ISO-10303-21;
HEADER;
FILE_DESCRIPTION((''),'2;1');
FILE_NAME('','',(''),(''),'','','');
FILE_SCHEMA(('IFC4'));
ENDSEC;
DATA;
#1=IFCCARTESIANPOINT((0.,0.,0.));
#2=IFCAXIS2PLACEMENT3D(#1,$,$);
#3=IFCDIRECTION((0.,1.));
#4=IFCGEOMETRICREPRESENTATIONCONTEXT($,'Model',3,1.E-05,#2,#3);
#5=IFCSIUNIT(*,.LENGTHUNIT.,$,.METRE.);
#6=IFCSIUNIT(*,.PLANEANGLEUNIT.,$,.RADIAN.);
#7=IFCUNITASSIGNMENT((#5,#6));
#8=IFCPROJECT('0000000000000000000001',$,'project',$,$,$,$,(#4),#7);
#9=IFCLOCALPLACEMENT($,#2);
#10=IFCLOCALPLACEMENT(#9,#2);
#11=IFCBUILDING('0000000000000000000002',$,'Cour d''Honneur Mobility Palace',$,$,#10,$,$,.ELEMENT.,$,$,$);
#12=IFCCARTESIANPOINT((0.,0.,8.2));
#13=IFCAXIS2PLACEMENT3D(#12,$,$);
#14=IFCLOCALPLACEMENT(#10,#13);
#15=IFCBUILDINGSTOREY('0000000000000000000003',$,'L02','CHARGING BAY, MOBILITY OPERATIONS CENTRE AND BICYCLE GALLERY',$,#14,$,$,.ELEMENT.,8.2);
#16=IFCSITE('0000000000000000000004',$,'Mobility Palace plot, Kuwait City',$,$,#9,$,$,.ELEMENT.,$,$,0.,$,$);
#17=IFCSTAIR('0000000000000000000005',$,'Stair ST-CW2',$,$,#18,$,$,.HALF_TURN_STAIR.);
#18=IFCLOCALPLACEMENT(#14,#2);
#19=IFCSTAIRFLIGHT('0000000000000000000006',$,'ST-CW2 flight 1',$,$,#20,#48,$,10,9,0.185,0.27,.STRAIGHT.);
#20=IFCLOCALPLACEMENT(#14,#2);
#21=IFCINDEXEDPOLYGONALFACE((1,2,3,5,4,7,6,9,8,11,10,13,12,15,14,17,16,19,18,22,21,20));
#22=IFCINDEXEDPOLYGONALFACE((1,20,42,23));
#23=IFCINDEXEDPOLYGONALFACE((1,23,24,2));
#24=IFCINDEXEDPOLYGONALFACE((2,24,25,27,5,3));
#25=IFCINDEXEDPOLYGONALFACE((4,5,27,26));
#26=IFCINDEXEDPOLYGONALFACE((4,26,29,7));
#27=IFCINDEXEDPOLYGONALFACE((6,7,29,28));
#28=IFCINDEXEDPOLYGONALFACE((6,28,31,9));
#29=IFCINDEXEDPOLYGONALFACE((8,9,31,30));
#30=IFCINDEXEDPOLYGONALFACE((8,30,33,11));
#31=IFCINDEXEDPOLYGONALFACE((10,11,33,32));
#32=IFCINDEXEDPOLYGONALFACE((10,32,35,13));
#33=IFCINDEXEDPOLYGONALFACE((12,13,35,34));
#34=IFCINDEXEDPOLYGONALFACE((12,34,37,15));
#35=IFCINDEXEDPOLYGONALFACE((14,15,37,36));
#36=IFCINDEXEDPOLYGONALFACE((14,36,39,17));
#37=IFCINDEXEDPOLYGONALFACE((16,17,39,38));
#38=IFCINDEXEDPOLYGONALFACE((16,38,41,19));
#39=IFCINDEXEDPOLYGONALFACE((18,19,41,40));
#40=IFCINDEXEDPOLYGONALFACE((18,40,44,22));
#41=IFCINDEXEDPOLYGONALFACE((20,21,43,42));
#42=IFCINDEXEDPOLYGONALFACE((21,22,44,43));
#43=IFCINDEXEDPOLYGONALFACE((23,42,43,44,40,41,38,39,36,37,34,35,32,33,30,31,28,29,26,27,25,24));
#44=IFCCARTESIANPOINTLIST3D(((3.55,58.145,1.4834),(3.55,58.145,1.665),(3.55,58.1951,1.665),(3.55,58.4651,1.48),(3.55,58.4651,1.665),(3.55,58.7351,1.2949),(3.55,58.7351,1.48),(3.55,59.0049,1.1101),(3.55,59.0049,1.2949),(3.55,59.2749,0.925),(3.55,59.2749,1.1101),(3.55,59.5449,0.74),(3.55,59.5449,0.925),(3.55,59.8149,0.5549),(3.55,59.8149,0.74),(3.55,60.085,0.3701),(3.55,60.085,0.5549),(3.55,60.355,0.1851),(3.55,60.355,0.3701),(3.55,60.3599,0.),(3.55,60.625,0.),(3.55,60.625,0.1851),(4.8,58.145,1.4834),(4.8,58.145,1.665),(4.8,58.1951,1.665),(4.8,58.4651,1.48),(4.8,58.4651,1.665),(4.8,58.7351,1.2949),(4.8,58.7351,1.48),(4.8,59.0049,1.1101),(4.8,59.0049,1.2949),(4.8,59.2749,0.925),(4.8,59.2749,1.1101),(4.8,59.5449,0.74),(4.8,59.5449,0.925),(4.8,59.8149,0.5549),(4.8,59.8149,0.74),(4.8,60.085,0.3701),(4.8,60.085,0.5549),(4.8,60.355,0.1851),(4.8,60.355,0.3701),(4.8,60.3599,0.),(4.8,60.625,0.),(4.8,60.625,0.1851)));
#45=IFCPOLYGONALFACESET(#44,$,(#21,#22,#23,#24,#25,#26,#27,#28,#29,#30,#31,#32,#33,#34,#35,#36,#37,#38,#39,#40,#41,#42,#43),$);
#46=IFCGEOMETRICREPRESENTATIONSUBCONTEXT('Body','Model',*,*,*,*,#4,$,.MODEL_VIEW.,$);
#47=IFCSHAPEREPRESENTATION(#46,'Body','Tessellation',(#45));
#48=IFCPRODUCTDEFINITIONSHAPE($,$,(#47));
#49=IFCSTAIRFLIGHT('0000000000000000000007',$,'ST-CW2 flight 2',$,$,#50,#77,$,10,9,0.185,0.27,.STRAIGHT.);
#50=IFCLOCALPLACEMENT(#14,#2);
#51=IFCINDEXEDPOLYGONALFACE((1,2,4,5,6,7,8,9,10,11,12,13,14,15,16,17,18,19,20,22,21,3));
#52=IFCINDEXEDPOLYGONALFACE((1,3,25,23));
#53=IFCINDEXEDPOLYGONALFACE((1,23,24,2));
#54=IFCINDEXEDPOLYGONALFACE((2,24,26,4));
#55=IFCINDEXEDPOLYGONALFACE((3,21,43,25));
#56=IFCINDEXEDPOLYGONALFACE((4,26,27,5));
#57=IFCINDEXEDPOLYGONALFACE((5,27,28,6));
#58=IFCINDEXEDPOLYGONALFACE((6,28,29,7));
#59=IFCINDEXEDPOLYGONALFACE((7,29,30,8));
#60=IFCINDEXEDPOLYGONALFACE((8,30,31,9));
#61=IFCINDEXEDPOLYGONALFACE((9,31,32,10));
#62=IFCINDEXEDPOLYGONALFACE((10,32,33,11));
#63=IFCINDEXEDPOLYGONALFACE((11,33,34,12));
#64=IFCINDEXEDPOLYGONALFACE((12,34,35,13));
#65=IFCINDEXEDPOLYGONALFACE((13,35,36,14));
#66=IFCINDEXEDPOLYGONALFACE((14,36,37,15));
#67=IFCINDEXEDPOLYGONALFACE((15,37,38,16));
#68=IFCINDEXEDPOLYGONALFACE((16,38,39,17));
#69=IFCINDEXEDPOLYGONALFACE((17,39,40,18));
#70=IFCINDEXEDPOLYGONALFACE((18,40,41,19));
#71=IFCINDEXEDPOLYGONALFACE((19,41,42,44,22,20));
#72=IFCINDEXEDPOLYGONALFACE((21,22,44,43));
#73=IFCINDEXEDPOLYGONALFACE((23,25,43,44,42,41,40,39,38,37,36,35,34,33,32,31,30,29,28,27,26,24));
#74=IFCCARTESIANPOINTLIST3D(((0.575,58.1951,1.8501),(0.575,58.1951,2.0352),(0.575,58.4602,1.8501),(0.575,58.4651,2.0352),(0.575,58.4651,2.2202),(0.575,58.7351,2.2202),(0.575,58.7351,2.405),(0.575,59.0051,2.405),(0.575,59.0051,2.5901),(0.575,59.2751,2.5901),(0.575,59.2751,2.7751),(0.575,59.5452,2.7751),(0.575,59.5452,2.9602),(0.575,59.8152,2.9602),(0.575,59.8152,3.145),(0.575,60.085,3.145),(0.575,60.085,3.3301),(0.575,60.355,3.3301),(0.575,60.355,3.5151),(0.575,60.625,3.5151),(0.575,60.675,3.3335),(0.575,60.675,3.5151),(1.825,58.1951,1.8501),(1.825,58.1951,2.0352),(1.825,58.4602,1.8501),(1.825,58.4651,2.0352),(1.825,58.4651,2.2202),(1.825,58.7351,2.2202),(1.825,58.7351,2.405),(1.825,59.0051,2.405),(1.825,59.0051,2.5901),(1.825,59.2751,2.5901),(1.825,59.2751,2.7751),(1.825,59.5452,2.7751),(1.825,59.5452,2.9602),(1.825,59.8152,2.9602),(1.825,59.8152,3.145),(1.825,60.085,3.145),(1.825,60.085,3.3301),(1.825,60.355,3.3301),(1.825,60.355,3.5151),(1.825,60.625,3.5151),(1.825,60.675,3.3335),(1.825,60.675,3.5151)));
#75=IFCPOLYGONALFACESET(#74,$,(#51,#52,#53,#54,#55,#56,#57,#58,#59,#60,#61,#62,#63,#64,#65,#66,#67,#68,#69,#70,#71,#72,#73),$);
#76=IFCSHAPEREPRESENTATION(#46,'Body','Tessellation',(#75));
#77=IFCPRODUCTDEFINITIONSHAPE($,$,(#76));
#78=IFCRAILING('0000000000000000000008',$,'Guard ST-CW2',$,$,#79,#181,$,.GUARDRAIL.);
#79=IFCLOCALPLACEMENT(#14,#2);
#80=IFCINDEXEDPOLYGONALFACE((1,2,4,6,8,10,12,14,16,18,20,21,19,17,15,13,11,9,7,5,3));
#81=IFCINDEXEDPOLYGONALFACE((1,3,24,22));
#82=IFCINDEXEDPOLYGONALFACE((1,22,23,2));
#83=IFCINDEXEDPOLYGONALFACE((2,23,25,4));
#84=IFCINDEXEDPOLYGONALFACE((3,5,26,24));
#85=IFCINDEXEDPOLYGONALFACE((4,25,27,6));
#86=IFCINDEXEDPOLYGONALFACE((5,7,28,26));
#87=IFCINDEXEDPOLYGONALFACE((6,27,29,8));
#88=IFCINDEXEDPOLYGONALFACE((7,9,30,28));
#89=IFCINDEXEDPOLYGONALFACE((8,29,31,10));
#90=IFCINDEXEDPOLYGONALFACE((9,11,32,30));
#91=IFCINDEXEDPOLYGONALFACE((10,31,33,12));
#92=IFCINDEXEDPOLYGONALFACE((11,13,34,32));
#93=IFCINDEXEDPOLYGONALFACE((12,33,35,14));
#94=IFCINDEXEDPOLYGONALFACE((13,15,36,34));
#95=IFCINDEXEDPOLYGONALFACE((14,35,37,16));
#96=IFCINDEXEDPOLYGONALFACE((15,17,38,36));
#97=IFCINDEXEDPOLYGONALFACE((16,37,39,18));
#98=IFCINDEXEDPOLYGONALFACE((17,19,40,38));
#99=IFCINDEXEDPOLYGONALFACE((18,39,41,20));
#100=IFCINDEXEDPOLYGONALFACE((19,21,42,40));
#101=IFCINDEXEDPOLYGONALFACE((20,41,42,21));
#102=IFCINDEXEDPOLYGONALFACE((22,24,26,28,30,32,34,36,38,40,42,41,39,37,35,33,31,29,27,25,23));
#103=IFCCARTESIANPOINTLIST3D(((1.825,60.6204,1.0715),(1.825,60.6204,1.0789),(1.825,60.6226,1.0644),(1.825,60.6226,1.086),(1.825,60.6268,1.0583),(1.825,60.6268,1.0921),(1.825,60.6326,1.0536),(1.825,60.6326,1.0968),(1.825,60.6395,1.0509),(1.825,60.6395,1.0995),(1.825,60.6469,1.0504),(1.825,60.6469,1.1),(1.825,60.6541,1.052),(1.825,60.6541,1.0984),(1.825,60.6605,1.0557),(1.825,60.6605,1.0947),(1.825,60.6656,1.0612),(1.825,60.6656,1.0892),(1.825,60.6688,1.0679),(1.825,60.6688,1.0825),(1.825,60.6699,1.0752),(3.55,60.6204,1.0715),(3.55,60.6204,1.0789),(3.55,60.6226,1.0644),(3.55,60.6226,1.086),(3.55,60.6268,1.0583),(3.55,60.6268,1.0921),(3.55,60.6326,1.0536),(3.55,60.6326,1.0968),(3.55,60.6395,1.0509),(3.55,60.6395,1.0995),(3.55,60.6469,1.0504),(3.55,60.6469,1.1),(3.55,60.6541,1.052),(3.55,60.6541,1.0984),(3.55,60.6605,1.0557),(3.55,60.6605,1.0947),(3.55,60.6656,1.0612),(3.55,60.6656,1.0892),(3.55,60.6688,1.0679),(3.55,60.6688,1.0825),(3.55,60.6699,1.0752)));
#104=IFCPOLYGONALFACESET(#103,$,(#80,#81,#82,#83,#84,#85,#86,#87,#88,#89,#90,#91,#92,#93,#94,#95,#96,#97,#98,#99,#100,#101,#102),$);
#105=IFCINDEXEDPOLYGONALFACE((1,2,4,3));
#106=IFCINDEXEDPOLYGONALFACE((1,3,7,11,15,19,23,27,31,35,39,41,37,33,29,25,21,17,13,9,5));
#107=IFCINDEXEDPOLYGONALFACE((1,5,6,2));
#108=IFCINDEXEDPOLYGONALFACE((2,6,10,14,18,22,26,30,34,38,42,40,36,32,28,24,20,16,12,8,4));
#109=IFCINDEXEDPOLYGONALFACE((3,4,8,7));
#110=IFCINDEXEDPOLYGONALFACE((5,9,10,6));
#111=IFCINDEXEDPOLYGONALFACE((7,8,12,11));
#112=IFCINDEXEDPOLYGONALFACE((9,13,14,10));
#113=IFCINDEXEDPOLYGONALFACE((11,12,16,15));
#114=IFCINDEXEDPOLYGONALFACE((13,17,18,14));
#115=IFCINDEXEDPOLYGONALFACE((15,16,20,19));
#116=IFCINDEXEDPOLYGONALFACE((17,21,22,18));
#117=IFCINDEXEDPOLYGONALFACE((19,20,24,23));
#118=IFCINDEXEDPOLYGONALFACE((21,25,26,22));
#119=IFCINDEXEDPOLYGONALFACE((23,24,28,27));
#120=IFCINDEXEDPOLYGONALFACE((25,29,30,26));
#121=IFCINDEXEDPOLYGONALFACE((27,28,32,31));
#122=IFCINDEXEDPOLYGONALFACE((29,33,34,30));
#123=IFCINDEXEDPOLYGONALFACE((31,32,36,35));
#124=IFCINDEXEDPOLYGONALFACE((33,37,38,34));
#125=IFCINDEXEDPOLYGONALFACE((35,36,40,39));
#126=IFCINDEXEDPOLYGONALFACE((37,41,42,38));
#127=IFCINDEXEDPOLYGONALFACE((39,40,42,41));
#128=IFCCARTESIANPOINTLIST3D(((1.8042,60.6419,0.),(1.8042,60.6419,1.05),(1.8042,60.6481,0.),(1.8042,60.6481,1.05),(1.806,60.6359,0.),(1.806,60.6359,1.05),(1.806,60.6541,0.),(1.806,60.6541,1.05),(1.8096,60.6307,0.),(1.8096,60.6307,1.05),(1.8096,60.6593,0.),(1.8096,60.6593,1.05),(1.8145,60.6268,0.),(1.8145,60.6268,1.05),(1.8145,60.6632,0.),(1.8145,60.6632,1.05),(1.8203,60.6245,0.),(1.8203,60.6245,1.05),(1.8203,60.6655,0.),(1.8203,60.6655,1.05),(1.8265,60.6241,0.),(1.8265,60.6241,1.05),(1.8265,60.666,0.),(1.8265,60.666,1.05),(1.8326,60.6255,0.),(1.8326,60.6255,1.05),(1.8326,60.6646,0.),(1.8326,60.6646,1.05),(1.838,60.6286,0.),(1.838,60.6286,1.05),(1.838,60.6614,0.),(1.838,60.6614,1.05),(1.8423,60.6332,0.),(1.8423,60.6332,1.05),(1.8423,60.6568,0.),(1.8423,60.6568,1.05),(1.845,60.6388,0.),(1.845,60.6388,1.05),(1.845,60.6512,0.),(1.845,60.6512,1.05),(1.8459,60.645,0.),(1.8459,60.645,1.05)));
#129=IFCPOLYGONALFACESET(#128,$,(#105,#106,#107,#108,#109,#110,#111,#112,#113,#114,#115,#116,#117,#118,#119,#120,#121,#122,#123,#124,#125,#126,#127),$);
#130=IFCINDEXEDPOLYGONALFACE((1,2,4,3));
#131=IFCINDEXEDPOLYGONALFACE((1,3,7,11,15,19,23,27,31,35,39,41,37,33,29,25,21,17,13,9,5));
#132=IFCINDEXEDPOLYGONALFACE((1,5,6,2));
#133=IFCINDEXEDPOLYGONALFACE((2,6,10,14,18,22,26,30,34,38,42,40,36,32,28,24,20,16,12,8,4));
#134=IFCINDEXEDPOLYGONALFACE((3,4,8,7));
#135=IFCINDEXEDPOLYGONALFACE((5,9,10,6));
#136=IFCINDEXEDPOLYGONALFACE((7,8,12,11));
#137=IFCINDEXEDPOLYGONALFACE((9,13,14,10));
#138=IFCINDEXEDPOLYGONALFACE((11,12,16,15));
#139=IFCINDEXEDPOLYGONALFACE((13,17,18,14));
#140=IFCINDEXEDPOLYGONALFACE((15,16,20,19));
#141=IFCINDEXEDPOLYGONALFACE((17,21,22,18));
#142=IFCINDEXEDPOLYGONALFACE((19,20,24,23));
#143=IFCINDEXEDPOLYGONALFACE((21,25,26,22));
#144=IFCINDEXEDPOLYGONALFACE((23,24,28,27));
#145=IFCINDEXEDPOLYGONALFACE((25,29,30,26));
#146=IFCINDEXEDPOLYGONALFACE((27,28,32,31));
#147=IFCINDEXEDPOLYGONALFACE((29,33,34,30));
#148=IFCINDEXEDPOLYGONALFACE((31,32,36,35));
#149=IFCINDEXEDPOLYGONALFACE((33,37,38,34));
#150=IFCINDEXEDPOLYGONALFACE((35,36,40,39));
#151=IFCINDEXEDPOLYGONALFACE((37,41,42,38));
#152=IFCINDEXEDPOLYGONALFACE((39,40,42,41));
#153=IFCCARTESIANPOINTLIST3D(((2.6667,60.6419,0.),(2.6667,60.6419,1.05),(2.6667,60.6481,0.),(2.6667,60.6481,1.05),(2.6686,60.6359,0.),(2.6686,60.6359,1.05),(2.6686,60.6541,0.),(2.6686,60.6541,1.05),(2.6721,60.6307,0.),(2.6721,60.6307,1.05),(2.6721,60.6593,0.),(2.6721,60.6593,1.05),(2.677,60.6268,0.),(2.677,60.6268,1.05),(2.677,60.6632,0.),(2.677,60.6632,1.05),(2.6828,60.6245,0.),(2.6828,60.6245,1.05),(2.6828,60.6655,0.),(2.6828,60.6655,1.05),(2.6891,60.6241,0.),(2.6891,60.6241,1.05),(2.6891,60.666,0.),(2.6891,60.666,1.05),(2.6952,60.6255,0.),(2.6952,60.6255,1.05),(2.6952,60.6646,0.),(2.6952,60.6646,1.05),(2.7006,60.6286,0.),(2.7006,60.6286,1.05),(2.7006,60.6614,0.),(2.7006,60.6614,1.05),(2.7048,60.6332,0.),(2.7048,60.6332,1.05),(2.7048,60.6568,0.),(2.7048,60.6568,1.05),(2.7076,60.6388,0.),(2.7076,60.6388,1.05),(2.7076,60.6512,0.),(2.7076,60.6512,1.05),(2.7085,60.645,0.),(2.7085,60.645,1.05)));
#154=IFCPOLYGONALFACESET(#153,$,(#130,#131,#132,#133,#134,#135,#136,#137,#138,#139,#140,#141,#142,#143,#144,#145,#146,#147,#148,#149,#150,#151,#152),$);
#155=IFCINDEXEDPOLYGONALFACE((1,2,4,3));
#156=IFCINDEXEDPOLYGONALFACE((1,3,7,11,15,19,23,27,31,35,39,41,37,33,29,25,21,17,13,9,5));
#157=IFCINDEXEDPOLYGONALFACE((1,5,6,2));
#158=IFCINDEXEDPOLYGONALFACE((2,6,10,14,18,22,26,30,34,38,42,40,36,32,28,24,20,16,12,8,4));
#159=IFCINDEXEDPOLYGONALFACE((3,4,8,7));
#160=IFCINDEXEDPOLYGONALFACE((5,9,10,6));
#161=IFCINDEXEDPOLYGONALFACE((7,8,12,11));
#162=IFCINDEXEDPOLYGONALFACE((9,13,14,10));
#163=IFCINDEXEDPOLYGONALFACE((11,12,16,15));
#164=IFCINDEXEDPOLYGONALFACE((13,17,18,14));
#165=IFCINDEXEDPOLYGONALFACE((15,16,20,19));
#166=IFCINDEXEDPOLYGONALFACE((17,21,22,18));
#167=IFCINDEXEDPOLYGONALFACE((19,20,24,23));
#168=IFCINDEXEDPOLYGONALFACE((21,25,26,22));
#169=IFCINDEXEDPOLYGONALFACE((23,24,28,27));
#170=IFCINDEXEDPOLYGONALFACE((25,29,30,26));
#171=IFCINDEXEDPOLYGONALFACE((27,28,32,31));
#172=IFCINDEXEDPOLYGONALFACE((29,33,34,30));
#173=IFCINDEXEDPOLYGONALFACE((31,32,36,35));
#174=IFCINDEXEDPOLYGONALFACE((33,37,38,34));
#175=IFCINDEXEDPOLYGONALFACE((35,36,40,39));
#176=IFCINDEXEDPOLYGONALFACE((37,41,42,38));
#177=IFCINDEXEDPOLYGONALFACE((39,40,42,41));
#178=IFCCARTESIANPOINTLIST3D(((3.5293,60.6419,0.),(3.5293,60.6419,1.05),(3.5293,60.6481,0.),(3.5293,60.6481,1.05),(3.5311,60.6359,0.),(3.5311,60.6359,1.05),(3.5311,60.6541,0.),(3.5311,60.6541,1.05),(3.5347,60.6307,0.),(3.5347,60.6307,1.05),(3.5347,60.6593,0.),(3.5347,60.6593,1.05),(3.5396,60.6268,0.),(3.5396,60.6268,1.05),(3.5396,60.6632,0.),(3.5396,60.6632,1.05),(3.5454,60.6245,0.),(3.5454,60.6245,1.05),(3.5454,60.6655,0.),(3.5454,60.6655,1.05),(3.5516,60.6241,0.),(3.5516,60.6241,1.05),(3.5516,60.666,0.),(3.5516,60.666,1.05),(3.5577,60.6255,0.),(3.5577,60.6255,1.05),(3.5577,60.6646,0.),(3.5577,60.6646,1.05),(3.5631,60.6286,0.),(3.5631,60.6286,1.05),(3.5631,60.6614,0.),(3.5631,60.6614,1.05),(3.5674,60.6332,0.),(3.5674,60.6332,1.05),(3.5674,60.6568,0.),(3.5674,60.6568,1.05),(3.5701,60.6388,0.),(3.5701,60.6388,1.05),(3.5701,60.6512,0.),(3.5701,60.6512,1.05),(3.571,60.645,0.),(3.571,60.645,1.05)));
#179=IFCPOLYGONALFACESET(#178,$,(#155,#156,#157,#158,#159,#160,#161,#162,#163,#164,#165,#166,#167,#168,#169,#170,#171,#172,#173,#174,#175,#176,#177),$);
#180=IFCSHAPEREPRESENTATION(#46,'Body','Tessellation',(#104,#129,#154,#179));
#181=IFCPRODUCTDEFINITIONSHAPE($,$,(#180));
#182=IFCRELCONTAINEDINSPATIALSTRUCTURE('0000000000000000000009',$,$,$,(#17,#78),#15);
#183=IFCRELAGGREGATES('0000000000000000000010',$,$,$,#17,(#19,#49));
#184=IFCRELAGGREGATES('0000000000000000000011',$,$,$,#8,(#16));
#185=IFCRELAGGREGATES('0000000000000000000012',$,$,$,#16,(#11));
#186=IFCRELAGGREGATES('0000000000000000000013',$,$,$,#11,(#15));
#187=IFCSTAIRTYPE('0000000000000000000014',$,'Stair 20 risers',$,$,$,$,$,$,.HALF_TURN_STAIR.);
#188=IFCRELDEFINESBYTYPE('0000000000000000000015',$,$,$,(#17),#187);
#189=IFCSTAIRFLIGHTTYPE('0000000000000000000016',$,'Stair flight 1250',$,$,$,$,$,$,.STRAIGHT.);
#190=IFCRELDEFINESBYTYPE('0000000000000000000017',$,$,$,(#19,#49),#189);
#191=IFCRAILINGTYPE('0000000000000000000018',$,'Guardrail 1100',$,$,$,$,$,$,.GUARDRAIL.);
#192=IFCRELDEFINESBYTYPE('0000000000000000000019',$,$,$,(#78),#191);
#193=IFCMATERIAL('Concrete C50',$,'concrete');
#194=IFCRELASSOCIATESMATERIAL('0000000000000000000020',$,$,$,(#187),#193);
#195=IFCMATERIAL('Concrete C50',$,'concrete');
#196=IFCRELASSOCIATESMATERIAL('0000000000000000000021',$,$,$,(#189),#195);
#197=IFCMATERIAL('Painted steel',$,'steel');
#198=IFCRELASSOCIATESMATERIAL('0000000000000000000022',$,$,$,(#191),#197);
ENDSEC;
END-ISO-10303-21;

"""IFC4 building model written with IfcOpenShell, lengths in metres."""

from ifc_helpers import new_model, si_unit, direction, frame, origin, origin_2d, place, context, subcontext, project, spatial, polyline, circle, outline, extrude, material, type_object, element, aggregate, save


model = new_model("IFC4")

# Units and contexts
model_context = context("Model", 3, precision=1e-05, world=origin(), true_north=direction((0.0, 1.0)))
body_context = subcontext(model_context, "Body", "Model", "MODEL_VIEW")
ifc_project = project(units=[si_unit("LENGTHUNIT", "METRE"), si_unit("PLANEANGLEUNIT", "RADIAN")], contexts=[model_context])

# Site, building, storey
site_placement = place(None, origin())
site = spatial("IfcSite", under=ifc_project, at=site_placement, Name="Mobility Palace plot, Kuwait City", CompositionType="ELEMENT", RefElevation=0.0)
building_placement = place(site_placement, origin())
building = spatial("IfcBuilding", under=site, at=building_placement, Name="Cour d'Honneur Mobility Palace", CompositionType="ELEMENT")
storey_placement = place(building_placement, frame((0.0, 0.0, 8.2)))
storey = spatial("IfcBuildingStorey", under=building, at=storey_placement, Name="L02", Description="CHARGING BAY, MOBILITY OPERATIONS CENTRE AND BICYCLE GALLERY", CompositionType="ELEMENT", Elevation=8.2)

# Stair, stair flights
ifc_material_1 = material(Name="Concrete C50", Category="concrete")
stair_type = type_object("IfcStairType", Name="Stair 20 risers", PredefinedType="HALF_TURN_STAIR", material=ifc_material_1)
stair_placement = place(storey_placement, origin())
stair = element("IfcStair", 1, at=stair_placement, inside=storey, type_object=stair_type, Name="Stair ST-CW2", PredefinedType="HALF_TURN_STAIR")
ifc_material_2 = material(Name="Concrete C50", Category="concrete")
stair_flight_type = type_object("IfcStairFlightType", Name="Stair flight 1250", PredefinedType="STRAIGHT", material=ifc_material_2)
stair_flight_1_placement = place(storey_placement, frame((4.175, 60.625, 0.0), z_axis=(0.0, 0.0, 1.0), x_axis=(0.0, -1.0, 0.0)))
stair_flight_1 = element("IfcStairFlight", 2, at=stair_flight_1_placement, type_object=stair_flight_type, Name="ST-CW2 flight 1", NumberOfRisers=10, NumberOfTreads=9, PredefinedType="STRAIGHT", RiserHeight=0.185, TreadLength=0.27, context=body_context, shape_type="SweptSolid", body=[
    extrude(outline(polyline([(0.0, 0.0), (0.0, 0.1851), (0.27, 0.1851), (0.27, 0.3701), (0.54, 0.3701), (0.54, 0.5549), (0.8101, 0.5549), (0.8101, 0.74), (1.0801, 0.74), (1.0801, 0.925), (1.3501, 0.925), (1.3501, 1.1101), (1.6201, 1.1101), (1.6201, 1.2949), (1.8899, 1.2949), (1.8899, 1.48), (2.1599, 1.48), (2.1599, 1.665), (2.4299, 1.665), (2.48, 1.665), (2.48, 1.4834), (0.2651, 0.0), (0.0, 0.0)])), frame((0.0, 0.625, 0.0), z_axis=(0.0, -1.0, 0.0), x_axis=(1.0, 0.0, 0.0)), (0.0, 0.0, 1.0), 1.25),
])
stair_flight_2_placement = place(storey_placement, frame((1.2, 58.1951, 1.8501), z_axis=(0.0, 0.0, 1.0), x_axis=(0.0, 1.0, 0.0)))
stair_flight_2 = element("IfcStairFlight", 3, at=stair_flight_2_placement, type_object=stair_flight_type, Name="ST-CW2 flight 2", NumberOfRisers=10, NumberOfTreads=9, PredefinedType="STRAIGHT", RiserHeight=0.185, TreadLength=0.27, context=body_context, shape_type="SweptSolid", body=[
    extrude(outline(polyline([(0.0, 0.0), (0.0, 0.1851), (0.27, 0.1851), (0.27, 0.3701), (0.54, 0.3701), (0.54, 0.5549), (0.8101, 0.5549), (0.8101, 0.74), (1.0801, 0.74), (1.0801, 0.925), (1.3501, 0.925), (1.3501, 1.1101), (1.6201, 1.1101), (1.6201, 1.2949), (1.8899, 1.2949), (1.8899, 1.48), (2.1599, 1.48), (2.1599, 1.665), (2.4299, 1.665), (2.48, 1.665), (2.48, 1.4834), (0.2651, 0.0), (0.0, 0.0)])), frame((0.0, 0.625, 0.0), z_axis=(0.0, -1.0, 0.0), x_axis=(1.0, 0.0, 0.0)), (0.0, 0.0, 1.0), 1.25),
])
aggregate(stair, [stair_flight_1, stair_flight_2])

# Railing
ifc_material_3 = material(Name="Painted steel", Category="steel")
railing_type_1 = type_object("IfcRailingType", Name="Guardrail 1100", PredefinedType="GUARDRAIL", material=ifc_material_3)
for number, where, name in (
    (4, (1.825, 60.645, 0.0), "Guard ST-CW2"),
):
    element("IfcRailing", number, at=place(storey_placement, frame(where)), inside=storey, type_object=railing_type_1, Name=name, PredefinedType="GUARDRAIL", context=body_context, shape_type="SweptSolid", body=[
        extrude(circle(Radius=0.0249, at=origin_2d()), frame((0.0, 0.0, 1.0752), z_axis=(1.0, 0.0, 0.0), x_axis=(0.0, 1.0, 0.0)), (0.0, 0.0, 1.0), 1.7251),
        extrude(circle(Radius=0.021, at=origin_2d()), origin(), (0.0, 0.0, 1.0), 1.05),
        extrude(circle(Radius=0.021, at=origin_2d()), frame((0.8625, 0.0, 0.0)), (0.0, 0.0, 1.0), 1.05),
        extrude(circle(Radius=0.021, at=origin_2d()), frame((1.7251, 0.0, 0.0)), (0.0, 0.0, 1.0), 1.05),
    ])

save(model, "model.ifc")
